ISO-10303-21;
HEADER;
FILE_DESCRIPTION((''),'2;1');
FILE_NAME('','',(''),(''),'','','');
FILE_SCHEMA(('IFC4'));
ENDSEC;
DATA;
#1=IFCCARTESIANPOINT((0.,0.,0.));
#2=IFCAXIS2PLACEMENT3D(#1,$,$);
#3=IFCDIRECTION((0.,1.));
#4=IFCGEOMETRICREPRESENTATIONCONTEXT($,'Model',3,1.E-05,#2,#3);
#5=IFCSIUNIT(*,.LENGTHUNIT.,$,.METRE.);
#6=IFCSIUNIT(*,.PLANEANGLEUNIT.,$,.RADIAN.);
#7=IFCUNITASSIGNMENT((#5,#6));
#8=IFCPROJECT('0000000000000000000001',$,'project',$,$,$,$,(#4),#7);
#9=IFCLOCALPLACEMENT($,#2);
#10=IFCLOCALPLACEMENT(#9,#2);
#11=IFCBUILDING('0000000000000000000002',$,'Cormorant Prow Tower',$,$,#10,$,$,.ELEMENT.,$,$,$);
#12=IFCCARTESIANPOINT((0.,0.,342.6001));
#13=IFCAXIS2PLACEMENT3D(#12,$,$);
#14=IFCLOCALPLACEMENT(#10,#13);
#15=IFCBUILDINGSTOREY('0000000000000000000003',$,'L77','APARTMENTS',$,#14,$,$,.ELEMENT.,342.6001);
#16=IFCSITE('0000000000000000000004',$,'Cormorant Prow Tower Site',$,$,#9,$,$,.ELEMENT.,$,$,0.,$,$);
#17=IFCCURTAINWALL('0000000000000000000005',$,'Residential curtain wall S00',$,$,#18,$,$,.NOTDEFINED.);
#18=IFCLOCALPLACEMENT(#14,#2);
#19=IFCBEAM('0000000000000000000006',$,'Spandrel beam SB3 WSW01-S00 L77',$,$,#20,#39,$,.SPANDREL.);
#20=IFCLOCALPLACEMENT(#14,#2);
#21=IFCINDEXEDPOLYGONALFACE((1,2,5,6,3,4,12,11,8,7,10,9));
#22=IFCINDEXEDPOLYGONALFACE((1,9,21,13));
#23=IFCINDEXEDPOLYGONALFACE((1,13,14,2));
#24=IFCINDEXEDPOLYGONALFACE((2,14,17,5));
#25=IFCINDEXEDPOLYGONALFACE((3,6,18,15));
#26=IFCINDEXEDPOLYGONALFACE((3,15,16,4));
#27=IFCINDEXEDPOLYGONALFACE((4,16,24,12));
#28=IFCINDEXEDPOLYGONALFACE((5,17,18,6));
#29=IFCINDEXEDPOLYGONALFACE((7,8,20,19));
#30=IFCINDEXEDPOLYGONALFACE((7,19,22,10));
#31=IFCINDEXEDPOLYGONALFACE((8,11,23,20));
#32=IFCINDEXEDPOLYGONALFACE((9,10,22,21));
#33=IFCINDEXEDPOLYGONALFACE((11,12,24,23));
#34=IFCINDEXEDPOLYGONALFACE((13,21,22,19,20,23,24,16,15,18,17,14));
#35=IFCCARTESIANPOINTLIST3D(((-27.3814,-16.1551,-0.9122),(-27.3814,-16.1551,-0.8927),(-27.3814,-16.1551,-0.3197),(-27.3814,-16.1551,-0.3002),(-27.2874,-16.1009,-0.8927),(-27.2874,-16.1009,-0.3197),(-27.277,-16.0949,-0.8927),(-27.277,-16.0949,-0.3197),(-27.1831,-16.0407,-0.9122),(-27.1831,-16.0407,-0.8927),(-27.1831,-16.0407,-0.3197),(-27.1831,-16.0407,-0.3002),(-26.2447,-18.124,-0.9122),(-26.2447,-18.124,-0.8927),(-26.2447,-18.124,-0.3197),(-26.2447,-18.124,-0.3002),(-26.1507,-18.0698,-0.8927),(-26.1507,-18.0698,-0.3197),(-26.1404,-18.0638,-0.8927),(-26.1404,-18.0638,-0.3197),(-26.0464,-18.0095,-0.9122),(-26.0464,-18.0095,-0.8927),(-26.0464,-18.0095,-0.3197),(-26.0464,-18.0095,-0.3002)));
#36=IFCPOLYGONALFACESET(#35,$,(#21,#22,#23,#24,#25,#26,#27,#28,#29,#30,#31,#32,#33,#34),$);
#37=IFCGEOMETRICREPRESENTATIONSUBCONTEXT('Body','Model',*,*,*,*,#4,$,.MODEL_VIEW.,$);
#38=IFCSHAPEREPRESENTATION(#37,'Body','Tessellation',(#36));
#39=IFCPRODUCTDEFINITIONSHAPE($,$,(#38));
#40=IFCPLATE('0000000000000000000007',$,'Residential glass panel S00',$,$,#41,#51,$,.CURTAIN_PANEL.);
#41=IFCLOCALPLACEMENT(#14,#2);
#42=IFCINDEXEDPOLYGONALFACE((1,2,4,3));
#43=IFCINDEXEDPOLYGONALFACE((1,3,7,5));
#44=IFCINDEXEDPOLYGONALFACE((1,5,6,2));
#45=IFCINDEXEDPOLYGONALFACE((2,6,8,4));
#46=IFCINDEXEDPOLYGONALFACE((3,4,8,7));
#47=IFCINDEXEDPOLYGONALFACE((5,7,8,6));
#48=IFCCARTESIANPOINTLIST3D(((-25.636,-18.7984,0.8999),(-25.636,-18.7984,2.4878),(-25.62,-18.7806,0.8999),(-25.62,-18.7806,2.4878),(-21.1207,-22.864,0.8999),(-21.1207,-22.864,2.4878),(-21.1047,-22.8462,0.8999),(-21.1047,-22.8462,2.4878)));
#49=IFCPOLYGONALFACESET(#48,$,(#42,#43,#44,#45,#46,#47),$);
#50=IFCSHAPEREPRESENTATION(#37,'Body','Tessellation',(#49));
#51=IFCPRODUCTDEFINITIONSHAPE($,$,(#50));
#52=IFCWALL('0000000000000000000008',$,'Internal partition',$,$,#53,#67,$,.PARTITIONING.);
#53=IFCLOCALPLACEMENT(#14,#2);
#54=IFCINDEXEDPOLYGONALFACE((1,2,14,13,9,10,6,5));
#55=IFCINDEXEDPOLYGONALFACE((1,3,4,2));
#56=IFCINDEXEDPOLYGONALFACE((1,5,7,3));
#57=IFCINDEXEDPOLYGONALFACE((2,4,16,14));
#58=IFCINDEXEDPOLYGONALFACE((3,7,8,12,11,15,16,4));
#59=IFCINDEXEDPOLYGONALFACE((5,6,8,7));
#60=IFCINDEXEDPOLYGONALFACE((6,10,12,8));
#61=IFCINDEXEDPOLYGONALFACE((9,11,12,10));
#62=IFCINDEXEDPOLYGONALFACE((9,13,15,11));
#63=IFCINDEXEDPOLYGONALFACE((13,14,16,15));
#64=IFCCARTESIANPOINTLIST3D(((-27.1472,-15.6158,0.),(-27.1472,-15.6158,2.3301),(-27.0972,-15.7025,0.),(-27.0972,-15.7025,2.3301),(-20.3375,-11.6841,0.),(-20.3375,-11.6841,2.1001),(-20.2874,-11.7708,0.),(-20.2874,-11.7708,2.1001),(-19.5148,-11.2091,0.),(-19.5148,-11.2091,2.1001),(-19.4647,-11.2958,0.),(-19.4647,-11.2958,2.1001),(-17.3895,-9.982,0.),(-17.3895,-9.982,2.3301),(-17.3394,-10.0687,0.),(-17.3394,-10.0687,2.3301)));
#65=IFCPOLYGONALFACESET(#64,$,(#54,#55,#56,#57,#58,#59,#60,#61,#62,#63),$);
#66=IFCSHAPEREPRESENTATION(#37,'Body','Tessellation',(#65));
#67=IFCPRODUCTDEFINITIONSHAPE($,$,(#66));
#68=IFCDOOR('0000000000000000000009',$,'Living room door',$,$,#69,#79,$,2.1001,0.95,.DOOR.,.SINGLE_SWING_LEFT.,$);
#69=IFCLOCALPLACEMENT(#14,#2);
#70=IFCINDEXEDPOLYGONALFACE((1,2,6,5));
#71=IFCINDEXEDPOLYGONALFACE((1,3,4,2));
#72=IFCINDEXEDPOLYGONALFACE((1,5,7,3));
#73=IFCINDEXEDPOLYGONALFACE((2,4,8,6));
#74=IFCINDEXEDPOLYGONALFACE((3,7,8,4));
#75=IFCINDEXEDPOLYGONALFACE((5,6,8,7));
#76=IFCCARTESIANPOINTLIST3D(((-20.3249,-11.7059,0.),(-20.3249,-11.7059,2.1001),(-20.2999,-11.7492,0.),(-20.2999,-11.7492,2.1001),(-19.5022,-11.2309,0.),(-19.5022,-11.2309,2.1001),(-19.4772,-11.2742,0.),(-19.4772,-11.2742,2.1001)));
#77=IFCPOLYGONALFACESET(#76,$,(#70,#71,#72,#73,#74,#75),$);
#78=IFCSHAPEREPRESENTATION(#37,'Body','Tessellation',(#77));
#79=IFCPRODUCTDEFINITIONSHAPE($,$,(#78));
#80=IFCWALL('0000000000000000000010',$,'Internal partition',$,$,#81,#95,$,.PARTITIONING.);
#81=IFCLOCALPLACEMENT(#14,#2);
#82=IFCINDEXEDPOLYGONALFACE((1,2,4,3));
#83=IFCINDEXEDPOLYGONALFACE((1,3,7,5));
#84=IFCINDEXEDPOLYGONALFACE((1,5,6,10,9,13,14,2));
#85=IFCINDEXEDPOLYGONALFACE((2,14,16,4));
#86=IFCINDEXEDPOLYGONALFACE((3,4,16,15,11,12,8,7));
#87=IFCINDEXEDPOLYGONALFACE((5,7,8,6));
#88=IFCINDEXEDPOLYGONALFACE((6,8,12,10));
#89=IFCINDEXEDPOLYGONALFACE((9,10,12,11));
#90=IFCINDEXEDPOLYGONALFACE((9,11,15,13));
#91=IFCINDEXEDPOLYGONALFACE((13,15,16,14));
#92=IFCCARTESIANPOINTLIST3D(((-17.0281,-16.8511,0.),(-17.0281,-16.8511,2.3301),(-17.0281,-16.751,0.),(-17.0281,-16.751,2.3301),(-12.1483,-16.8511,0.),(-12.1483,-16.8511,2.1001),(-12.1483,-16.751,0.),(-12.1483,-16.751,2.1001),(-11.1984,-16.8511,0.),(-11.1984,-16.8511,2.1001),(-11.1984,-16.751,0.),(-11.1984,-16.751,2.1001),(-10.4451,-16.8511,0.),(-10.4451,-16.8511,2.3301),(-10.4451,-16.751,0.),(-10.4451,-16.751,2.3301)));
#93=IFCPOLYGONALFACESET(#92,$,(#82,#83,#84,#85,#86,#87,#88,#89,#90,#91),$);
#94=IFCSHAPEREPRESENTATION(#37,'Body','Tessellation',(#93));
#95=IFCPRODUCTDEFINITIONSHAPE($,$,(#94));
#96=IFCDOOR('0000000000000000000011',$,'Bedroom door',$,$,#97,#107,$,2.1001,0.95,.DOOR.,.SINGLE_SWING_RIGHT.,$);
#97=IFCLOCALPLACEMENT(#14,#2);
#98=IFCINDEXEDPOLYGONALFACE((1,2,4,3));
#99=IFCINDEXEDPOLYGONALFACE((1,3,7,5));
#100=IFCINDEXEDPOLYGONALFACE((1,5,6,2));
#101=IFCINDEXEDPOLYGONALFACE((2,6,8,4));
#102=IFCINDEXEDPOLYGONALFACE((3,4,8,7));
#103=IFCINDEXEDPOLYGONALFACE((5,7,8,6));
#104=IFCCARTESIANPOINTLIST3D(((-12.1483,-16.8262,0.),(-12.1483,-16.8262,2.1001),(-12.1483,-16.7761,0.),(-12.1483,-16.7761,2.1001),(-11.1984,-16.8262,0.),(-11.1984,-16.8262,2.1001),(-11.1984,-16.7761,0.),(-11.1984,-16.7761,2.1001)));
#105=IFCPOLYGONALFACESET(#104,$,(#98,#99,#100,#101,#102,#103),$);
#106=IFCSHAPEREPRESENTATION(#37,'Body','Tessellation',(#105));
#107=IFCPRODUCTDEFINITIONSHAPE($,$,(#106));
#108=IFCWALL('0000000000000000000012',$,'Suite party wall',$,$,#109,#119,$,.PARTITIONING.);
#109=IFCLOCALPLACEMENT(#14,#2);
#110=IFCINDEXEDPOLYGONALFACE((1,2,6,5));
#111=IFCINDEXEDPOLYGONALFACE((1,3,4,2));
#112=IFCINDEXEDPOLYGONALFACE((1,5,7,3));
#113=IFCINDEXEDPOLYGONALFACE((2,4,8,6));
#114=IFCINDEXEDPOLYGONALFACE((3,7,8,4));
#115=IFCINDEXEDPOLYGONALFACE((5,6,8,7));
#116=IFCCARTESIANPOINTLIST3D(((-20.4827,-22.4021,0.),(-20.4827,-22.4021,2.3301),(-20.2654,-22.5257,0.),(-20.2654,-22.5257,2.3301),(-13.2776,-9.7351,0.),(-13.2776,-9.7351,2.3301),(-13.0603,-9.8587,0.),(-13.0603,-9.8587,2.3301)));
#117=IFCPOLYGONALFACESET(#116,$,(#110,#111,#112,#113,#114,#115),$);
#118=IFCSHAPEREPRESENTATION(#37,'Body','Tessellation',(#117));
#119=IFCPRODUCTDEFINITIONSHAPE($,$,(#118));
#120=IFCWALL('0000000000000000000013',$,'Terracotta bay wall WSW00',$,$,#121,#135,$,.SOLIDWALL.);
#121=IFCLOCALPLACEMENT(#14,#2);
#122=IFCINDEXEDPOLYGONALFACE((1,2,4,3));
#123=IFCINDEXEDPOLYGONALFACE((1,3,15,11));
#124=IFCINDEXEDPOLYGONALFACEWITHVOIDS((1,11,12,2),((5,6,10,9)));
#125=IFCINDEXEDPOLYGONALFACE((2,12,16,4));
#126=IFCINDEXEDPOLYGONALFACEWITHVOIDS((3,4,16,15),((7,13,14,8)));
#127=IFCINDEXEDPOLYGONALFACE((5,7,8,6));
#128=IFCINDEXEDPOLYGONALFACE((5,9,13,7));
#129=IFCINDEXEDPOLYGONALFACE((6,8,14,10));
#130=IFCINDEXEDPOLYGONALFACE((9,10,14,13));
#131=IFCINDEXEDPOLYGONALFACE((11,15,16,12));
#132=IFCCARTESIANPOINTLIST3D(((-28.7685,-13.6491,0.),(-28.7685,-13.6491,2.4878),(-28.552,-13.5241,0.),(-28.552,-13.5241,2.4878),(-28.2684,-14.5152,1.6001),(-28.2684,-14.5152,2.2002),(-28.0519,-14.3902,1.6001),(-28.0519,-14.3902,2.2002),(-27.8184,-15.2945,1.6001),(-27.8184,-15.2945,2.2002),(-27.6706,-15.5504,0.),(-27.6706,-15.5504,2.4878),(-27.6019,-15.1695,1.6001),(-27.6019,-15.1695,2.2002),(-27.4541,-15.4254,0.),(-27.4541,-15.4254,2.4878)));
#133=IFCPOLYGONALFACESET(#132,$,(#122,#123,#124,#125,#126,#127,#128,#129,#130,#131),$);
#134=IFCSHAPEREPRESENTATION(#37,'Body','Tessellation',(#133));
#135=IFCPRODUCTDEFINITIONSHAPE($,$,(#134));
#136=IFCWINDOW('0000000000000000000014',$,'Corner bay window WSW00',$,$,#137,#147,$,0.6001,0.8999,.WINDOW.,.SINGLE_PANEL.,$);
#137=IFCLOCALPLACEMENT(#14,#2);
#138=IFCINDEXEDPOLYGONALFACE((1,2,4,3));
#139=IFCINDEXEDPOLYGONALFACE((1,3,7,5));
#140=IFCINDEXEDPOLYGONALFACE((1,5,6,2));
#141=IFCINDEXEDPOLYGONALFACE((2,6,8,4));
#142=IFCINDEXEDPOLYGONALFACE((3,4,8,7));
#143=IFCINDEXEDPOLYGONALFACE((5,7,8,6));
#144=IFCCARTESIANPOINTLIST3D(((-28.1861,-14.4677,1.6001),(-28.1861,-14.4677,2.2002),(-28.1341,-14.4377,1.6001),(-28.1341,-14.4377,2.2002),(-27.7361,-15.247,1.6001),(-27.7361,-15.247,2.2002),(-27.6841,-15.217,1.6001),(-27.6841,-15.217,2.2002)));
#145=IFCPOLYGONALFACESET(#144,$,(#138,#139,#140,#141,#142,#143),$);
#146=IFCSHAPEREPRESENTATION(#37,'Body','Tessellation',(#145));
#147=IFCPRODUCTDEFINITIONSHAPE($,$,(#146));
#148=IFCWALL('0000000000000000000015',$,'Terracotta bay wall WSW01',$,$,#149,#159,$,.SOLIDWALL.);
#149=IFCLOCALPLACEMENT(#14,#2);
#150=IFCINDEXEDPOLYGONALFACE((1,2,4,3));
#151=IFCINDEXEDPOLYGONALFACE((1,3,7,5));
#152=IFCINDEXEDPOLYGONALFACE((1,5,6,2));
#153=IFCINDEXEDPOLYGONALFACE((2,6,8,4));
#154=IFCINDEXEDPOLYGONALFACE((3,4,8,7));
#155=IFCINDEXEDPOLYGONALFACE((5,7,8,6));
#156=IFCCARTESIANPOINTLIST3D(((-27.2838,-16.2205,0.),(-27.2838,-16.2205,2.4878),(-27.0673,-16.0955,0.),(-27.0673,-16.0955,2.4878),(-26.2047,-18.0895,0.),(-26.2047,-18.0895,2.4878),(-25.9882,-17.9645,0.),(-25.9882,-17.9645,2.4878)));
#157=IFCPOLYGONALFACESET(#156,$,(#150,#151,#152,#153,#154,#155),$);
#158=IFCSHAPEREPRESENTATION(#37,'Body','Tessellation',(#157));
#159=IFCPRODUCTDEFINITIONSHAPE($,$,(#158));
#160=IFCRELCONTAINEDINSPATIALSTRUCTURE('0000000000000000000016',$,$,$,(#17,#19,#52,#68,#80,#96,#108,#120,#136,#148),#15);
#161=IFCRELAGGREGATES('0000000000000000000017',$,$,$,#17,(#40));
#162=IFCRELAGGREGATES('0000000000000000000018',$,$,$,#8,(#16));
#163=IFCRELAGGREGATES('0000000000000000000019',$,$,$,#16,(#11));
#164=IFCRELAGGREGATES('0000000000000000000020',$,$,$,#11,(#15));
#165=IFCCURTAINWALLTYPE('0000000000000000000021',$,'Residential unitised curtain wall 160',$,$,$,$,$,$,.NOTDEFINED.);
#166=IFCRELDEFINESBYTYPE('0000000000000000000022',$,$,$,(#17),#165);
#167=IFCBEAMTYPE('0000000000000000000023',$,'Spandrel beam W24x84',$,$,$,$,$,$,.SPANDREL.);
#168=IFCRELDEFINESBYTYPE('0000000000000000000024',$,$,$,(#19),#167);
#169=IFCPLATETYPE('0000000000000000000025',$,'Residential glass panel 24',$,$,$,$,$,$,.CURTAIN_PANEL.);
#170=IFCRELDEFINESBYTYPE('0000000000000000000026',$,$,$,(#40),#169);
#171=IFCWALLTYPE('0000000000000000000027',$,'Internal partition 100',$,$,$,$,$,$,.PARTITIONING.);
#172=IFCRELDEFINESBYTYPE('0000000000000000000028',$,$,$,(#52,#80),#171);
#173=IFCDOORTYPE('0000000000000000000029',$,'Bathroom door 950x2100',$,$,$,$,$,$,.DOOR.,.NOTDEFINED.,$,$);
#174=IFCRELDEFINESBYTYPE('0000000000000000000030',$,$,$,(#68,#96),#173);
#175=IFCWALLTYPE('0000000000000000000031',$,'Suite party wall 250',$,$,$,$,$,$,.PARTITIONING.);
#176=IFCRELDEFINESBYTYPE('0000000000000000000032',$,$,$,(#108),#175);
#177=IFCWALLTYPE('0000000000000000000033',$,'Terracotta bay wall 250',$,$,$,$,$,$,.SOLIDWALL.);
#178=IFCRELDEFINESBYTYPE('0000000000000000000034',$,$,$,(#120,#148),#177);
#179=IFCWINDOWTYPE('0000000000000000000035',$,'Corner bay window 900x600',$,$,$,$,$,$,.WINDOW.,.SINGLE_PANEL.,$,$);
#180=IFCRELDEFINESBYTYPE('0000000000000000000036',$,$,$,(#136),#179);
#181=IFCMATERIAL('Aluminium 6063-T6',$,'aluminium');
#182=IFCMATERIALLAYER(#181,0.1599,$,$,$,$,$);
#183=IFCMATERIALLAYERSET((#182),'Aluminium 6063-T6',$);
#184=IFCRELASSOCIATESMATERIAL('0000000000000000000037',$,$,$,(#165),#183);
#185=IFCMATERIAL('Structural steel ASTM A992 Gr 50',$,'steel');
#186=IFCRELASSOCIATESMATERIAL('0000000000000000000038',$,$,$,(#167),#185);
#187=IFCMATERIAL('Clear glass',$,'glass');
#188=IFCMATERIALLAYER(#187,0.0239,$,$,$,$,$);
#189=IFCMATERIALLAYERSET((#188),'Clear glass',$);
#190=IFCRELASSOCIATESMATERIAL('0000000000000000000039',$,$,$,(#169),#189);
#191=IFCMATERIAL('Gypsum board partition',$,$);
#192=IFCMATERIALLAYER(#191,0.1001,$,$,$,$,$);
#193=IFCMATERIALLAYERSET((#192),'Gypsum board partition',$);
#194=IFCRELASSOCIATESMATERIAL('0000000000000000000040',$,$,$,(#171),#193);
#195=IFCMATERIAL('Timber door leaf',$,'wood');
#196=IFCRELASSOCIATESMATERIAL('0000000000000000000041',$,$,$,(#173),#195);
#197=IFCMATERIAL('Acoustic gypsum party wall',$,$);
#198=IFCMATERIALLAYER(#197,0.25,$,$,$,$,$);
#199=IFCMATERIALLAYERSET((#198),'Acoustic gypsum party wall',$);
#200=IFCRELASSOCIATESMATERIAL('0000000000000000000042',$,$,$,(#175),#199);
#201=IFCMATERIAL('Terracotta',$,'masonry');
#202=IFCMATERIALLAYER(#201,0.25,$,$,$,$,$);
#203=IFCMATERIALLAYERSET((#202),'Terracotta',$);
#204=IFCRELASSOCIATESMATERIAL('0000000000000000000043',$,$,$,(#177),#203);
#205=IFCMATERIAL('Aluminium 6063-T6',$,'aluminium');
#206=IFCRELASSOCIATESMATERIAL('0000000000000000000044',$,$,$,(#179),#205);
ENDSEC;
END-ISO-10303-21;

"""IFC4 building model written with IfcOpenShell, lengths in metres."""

from ifc_helpers import new_model, si_unit, direction, frame, frame_2d, origin, origin_2d, place, context, subcontext, project, spatial, rectangle, i_section, extrude, material, layer, layer_set, material_profile, profile_set, type_object, element, fill, aggregate, save


model = new_model("IFC4")

# Units and contexts
model_context = context("Model", 3, precision=1e-05, world=origin(), true_north=direction((0.0, 1.0)))
body_context = subcontext(model_context, "Body", "Model", "MODEL_VIEW")
ifc_project = project(units=[si_unit("LENGTHUNIT", "METRE"), si_unit("PLANEANGLEUNIT", "RADIAN")], contexts=[model_context])

# Site, building, storey
site_placement = place(None, origin())
site = spatial("IfcSite", under=ifc_project, at=site_placement, Name="Cormorant Prow Tower Site", CompositionType="ELEMENT", RefElevation=0.0)
building_placement = place(site_placement, origin())
building = spatial("IfcBuilding", under=site, at=building_placement, Name="Cormorant Prow Tower", CompositionType="ELEMENT")
storey_placement = place(building_placement, frame((0.0, 0.0, 342.6001)))
storey = spatial("IfcBuildingStorey", under=building, at=storey_placement, Name="L77", Description="APARTMENTS", CompositionType="ELEMENT", Elevation=342.6001)

# Curtain wall
ifc_material_1 = material(Name="Aluminium 6063-T6", Category="aluminium")
ifc_layer_1 = layer(ifc_material_1, 0.1599)
ifc_layer_set_1 = layer_set([ifc_layer_1], Name="Aluminium 6063-T6")
curtain_wall_type = type_object("IfcCurtainWallType", Name="Residential unitised curtain wall 160", PredefinedType="NOTDEFINED", material=ifc_layer_set_1)
curtain_wall_placement = place(storey_placement, origin())
curtain_wall = element("IfcCurtainWall", 1, at=curtain_wall_placement, inside=storey, type_object=curtain_wall_type, Name="Residential curtain wall S00", PredefinedType="NOTDEFINED")

# Beam
ifc_material_2 = material(Name="Structural steel ASTM A992 Gr 50", Category="steel")
ifc_material_profile_1 = material_profile(ifc_material_2, i_section(OverallWidth=0.229, OverallDepth=0.6121, WebThickness=0.012, FlangeThickness=0.0195, at=origin_2d()), Name="W24x84")
ifc_profile_set_1 = profile_set([ifc_material_profile_1], Name="Structural steel ASTM A992 Gr 50")
beam_type = type_object("IfcBeamType", Name="Spandrel beam W24x84", PredefinedType="SPANDREL", material=ifc_profile_set_1)
beam_1_placement = place(storey_placement, frame((-27.2822, -16.0979, -0.6062), z_axis=(0.499973, -0.866041, 0.0), x_axis=(0.866041, 0.499973, 0.0)))
element("IfcBeam", 2, at=beam_1_placement, inside=storey, type_object=beam_type, Name="Spandrel beam SB3 WSW01-S00 L77", PredefinedType="SPANDREL", context=body_context, shape_type="SweptSolid", body=[
    extrude(i_section(OverallWidth=0.229, OverallDepth=0.6121, WebThickness=0.012, FlangeThickness=0.0195, at=origin_2d()), origin(), (0.0, 0.0, 1.0), 2.2734),
])

# Plate
ifc_material_3 = material(Name="Clear glass", Category="glass")
ifc_layer_2 = layer(ifc_material_3, 0.0239)
ifc_layer_set_2 = layer_set([ifc_layer_2], Name="Clear glass")
plate_type = type_object("IfcPlateType", Name="Residential glass panel 24", PredefinedType="CURTAIN_PANEL", material=ifc_layer_set_2)
plate_placement = place(storey_placement, frame((-23.3704, -20.8223, 0.8999), z_axis=(0.0, 0.0, 1.0), x_axis=(0.743145, -0.669131, 0.0)))
plate = element("IfcPlate", 3, at=plate_placement, type_object=plate_type, Name="Residential glass panel S00", PredefinedType="CURTAIN_PANEL", context=body_context, shape_type="SweptSolid", body=[
    extrude(rectangle(XDim=6.0759, YDim=0.0239, at=origin_2d()), origin(), (0.0, 0.0, 1.0), 1.5879),
])
aggregate(curtain_wall, [plate])

# Walls, openings, doors
ifc_material_4 = material(Name="Gypsum board partition")
ifc_layer_3 = layer(ifc_material_4, 0.1001)
ifc_layer_set_3 = layer_set([ifc_layer_3], Name="Gypsum board partition")
wall_type_1 = type_object("IfcWallType", Name="Internal partition 100", PredefinedType="PARTITIONING", material=ifc_layer_set_3)
wall_1_placement = place(storey_placement, frame((-27.1223, -15.6592, 0.0), z_axis=(0.0, 0.0, 1.0), x_axis=(0.866021, 0.500008, 0.0)))
wall_1 = element("IfcWall", 4, at=wall_1_placement, inside=storey, type_object=wall_type_1, Name="Internal partition", PredefinedType="PARTITIONING", context=body_context, shape_type="SweptSolid", body=[
    extrude(rectangle(XDim=11.2673, YDim=0.1001, at=frame_2d((5.6338, 0.0))), origin(), (0.0, 0.0, 1.0), 2.3301),
])
opening_1_placement = place(wall_1_placement, frame((7.8633, 0.0, 0.0)))
opening_1 = element("IfcOpeningElement", 5, at=opening_1_placement, cuts=wall_1, PredefinedType="OPENING", context=body_context, shape_type="SweptSolid", body=[
    extrude(rectangle(XDim=0.95, YDim=2.1001, at=frame_2d((0.4751, 1.05))), frame((0.0, 0.0601, 0.0), z_axis=(0.0, -1.0, 0.0), x_axis=(1.0, 0.0, 0.0)), (0.0, 0.0, 1.0), 0.1201),
])
ifc_material_5 = material(Name="Timber door leaf", Category="wood")
door_type_1 = type_object("IfcDoorType", Name="Bathroom door 950x2100", OperationType="NOTDEFINED", PredefinedType="DOOR", material=ifc_material_5)
door_1_placement = place(opening_1_placement, origin())
door_1 = element("IfcDoor", 6, at=door_1_placement, inside=storey, type_object=door_type_1, Name="Living room door", OperationType="SINGLE_SWING_LEFT", OverallHeight=2.1001, OverallWidth=0.95, PredefinedType="DOOR", context=body_context, shape_type="SweptSolid", body=[
    extrude(rectangle(XDim=0.95, YDim=2.1001, at=frame_2d((0.4751, 1.05))), frame((0.0, 0.0249, 0.0), z_axis=(0.0, -1.0, 0.0), x_axis=(1.0, 0.0, 0.0)), (0.0, 0.0, 1.0), 0.05),
])
fill(opening_1, door_1)
wall_2_placement = place(storey_placement, frame((-17.0281, -16.801, 0.0), z_axis=(0.0, 0.0, 1.0), x_axis=(1.0, 0.0, 0.0)))
wall_2 = element("IfcWall", 7, at=wall_2_placement, inside=storey, type_object=wall_type_1, Name="Internal partition", PredefinedType="PARTITIONING", context=body_context, shape_type="SweptSolid", body=[
    extrude(rectangle(XDim=6.583, YDim=0.1001, at=frame_2d((3.2915, 0.0))), origin(), (0.0, 0.0, 1.0), 2.3301),
])
opening_2_placement = place(wall_2_placement, frame((4.8796, 0.0, 0.0)))
opening_2 = element("IfcOpeningElement", 8, at=opening_2_placement, cuts=wall_2, PredefinedType="OPENING", context=body_context, shape_type="SweptSolid", body=[
    extrude(rectangle(XDim=0.95, YDim=2.1001, at=frame_2d((0.4751, 1.05))), frame((0.0, 0.0601, 0.0), z_axis=(0.0, -1.0, 0.0), x_axis=(1.0, 0.0, 0.0)), (0.0, 0.0, 1.0), 0.1201),
])
door_2_placement = place(opening_2_placement, origin())
door_2 = element("IfcDoor", 9, at=door_2_placement, inside=storey, type_object=door_type_1, Name="Bedroom door", OperationType="SINGLE_SWING_RIGHT", OverallHeight=2.1001, OverallWidth=0.95, PredefinedType="DOOR", context=body_context, shape_type="SweptSolid", body=[
    extrude(rectangle(XDim=0.95, YDim=2.1001, at=frame_2d((0.4751, 1.05))), frame((0.0, 0.0249, 0.0), z_axis=(0.0, -1.0, 0.0), x_axis=(1.0, 0.0, 0.0)), (0.0, 0.0, 1.0), 0.05),
])
fill(opening_2, door_2)

# Wall
ifc_material_6 = material(Name="Acoustic gypsum party wall")
ifc_layer_4 = layer(ifc_material_6, 0.25)
ifc_layer_set_4 = layer_set([ifc_layer_4], Name="Acoustic gypsum party wall")
wall_type_2 = type_object("IfcWallType", Name="Suite party wall 250", PredefinedType="PARTITIONING", material=ifc_layer_set_4)
wall_3_placement = place(storey_placement, frame((-20.374, -22.4639, 0.0), z_axis=(0.0, 0.0, 1.0), x_axis=(0.49442, 0.869223, 0.0)))
element("IfcWall", 10, at=wall_3_placement, inside=storey, type_object=wall_type_2, Name="Suite party wall", PredefinedType="PARTITIONING", context=body_context, shape_type="SweptSolid", body=[
    extrude(rectangle(XDim=14.5728, YDim=0.25, at=frame_2d((7.2864, 0.0))), origin(), (0.0, 0.0, 1.0), 2.3301),
])

# Wall, opening, window
ifc_material_7 = material(Name="Terracotta", Category="masonry")
ifc_layer_5 = layer(ifc_material_7, 0.25)
ifc_layer_set_5 = layer_set([ifc_layer_5], Name="Terracotta")
wall_type_3 = type_object("IfcWallType", Name="Terracotta bay wall 250", PredefinedType="SOLIDWALL", material=ifc_layer_set_5)
wall_4_placement = place(storey_placement, frame((-28.6602, -13.5867, 0.0), z_axis=(0.0, 0.0, 1.0), x_axis=(0.50005, -0.865997, 0.0)))
wall_4 = element("IfcWall", 11, at=wall_4_placement, inside=storey, type_object=wall_type_3, Name="Terracotta bay wall WSW00", PredefinedType="SOLIDWALL", context=body_context, shape_type="SweptSolid", body=[
    extrude(rectangle(XDim=2.1956, YDim=0.25, at=frame_2d((1.0977, 0.0))), origin(), (0.0, 0.0, 1.0), 2.4878),
])
opening_3_placement = place(wall_4_placement, frame((1.0, 0.0, 1.6001)))
opening_3 = element("IfcOpeningElement", 12, at=opening_3_placement, cuts=wall_4, PredefinedType="OPENING", context=body_context, shape_type="SweptSolid", body=[
    extrude(rectangle(XDim=0.8999, YDim=0.6001, at=frame_2d((0.45, 0.3))), frame((0.0, 0.135, 0.0), z_axis=(0.0, -1.0, 0.0), x_axis=(1.0, 0.0, 0.0)), (0.0, 0.0, 1.0), 0.27),
])
ifc_material_8 = material(Name="Aluminium 6063-T6", Category="aluminium")
window_type = type_object("IfcWindowType", Name="Corner bay window 900x600", PartitioningType="SINGLE_PANEL", PredefinedType="WINDOW", material=ifc_material_8)
window_placement = place(opening_3_placement, origin())
window = element("IfcWindow", 13, at=window_placement, inside=storey, type_object=window_type, Name="Corner bay window WSW00", OverallHeight=0.6001, OverallWidth=0.8999, PartitioningType="SINGLE_PANEL", PredefinedType="WINDOW", context=body_context, shape_type="SweptSolid", body=[
    extrude(rectangle(XDim=0.8999, YDim=0.6001, at=frame_2d((0.45, 0.3))), frame((0.0, 0.03, 0.0), z_axis=(0.0, -1.0, 0.0), x_axis=(1.0, 0.0, 0.0)), (0.0, 0.0, 1.0), 0.0601),
])
fill(opening_3, window)

# Wall
wall_5_placement = place(storey_placement, frame((-27.1755, -16.158, 0.0), z_axis=(0.0, 0.0, 1.0), x_axis=(0.499984, -0.866035, 0.0)))
element("IfcWall", 14, at=wall_5_placement, inside=storey, type_object=wall_type_3, Name="Terracotta bay wall WSW01", PredefinedType="SOLIDWALL", context=body_context, shape_type="SweptSolid", body=[
    extrude(rectangle(XDim=2.1582, YDim=0.25, at=frame_2d((1.0791, 0.0))), origin(), (0.0, 0.0, 1.0), 2.4878),
])

save(model, "model.ifc")
